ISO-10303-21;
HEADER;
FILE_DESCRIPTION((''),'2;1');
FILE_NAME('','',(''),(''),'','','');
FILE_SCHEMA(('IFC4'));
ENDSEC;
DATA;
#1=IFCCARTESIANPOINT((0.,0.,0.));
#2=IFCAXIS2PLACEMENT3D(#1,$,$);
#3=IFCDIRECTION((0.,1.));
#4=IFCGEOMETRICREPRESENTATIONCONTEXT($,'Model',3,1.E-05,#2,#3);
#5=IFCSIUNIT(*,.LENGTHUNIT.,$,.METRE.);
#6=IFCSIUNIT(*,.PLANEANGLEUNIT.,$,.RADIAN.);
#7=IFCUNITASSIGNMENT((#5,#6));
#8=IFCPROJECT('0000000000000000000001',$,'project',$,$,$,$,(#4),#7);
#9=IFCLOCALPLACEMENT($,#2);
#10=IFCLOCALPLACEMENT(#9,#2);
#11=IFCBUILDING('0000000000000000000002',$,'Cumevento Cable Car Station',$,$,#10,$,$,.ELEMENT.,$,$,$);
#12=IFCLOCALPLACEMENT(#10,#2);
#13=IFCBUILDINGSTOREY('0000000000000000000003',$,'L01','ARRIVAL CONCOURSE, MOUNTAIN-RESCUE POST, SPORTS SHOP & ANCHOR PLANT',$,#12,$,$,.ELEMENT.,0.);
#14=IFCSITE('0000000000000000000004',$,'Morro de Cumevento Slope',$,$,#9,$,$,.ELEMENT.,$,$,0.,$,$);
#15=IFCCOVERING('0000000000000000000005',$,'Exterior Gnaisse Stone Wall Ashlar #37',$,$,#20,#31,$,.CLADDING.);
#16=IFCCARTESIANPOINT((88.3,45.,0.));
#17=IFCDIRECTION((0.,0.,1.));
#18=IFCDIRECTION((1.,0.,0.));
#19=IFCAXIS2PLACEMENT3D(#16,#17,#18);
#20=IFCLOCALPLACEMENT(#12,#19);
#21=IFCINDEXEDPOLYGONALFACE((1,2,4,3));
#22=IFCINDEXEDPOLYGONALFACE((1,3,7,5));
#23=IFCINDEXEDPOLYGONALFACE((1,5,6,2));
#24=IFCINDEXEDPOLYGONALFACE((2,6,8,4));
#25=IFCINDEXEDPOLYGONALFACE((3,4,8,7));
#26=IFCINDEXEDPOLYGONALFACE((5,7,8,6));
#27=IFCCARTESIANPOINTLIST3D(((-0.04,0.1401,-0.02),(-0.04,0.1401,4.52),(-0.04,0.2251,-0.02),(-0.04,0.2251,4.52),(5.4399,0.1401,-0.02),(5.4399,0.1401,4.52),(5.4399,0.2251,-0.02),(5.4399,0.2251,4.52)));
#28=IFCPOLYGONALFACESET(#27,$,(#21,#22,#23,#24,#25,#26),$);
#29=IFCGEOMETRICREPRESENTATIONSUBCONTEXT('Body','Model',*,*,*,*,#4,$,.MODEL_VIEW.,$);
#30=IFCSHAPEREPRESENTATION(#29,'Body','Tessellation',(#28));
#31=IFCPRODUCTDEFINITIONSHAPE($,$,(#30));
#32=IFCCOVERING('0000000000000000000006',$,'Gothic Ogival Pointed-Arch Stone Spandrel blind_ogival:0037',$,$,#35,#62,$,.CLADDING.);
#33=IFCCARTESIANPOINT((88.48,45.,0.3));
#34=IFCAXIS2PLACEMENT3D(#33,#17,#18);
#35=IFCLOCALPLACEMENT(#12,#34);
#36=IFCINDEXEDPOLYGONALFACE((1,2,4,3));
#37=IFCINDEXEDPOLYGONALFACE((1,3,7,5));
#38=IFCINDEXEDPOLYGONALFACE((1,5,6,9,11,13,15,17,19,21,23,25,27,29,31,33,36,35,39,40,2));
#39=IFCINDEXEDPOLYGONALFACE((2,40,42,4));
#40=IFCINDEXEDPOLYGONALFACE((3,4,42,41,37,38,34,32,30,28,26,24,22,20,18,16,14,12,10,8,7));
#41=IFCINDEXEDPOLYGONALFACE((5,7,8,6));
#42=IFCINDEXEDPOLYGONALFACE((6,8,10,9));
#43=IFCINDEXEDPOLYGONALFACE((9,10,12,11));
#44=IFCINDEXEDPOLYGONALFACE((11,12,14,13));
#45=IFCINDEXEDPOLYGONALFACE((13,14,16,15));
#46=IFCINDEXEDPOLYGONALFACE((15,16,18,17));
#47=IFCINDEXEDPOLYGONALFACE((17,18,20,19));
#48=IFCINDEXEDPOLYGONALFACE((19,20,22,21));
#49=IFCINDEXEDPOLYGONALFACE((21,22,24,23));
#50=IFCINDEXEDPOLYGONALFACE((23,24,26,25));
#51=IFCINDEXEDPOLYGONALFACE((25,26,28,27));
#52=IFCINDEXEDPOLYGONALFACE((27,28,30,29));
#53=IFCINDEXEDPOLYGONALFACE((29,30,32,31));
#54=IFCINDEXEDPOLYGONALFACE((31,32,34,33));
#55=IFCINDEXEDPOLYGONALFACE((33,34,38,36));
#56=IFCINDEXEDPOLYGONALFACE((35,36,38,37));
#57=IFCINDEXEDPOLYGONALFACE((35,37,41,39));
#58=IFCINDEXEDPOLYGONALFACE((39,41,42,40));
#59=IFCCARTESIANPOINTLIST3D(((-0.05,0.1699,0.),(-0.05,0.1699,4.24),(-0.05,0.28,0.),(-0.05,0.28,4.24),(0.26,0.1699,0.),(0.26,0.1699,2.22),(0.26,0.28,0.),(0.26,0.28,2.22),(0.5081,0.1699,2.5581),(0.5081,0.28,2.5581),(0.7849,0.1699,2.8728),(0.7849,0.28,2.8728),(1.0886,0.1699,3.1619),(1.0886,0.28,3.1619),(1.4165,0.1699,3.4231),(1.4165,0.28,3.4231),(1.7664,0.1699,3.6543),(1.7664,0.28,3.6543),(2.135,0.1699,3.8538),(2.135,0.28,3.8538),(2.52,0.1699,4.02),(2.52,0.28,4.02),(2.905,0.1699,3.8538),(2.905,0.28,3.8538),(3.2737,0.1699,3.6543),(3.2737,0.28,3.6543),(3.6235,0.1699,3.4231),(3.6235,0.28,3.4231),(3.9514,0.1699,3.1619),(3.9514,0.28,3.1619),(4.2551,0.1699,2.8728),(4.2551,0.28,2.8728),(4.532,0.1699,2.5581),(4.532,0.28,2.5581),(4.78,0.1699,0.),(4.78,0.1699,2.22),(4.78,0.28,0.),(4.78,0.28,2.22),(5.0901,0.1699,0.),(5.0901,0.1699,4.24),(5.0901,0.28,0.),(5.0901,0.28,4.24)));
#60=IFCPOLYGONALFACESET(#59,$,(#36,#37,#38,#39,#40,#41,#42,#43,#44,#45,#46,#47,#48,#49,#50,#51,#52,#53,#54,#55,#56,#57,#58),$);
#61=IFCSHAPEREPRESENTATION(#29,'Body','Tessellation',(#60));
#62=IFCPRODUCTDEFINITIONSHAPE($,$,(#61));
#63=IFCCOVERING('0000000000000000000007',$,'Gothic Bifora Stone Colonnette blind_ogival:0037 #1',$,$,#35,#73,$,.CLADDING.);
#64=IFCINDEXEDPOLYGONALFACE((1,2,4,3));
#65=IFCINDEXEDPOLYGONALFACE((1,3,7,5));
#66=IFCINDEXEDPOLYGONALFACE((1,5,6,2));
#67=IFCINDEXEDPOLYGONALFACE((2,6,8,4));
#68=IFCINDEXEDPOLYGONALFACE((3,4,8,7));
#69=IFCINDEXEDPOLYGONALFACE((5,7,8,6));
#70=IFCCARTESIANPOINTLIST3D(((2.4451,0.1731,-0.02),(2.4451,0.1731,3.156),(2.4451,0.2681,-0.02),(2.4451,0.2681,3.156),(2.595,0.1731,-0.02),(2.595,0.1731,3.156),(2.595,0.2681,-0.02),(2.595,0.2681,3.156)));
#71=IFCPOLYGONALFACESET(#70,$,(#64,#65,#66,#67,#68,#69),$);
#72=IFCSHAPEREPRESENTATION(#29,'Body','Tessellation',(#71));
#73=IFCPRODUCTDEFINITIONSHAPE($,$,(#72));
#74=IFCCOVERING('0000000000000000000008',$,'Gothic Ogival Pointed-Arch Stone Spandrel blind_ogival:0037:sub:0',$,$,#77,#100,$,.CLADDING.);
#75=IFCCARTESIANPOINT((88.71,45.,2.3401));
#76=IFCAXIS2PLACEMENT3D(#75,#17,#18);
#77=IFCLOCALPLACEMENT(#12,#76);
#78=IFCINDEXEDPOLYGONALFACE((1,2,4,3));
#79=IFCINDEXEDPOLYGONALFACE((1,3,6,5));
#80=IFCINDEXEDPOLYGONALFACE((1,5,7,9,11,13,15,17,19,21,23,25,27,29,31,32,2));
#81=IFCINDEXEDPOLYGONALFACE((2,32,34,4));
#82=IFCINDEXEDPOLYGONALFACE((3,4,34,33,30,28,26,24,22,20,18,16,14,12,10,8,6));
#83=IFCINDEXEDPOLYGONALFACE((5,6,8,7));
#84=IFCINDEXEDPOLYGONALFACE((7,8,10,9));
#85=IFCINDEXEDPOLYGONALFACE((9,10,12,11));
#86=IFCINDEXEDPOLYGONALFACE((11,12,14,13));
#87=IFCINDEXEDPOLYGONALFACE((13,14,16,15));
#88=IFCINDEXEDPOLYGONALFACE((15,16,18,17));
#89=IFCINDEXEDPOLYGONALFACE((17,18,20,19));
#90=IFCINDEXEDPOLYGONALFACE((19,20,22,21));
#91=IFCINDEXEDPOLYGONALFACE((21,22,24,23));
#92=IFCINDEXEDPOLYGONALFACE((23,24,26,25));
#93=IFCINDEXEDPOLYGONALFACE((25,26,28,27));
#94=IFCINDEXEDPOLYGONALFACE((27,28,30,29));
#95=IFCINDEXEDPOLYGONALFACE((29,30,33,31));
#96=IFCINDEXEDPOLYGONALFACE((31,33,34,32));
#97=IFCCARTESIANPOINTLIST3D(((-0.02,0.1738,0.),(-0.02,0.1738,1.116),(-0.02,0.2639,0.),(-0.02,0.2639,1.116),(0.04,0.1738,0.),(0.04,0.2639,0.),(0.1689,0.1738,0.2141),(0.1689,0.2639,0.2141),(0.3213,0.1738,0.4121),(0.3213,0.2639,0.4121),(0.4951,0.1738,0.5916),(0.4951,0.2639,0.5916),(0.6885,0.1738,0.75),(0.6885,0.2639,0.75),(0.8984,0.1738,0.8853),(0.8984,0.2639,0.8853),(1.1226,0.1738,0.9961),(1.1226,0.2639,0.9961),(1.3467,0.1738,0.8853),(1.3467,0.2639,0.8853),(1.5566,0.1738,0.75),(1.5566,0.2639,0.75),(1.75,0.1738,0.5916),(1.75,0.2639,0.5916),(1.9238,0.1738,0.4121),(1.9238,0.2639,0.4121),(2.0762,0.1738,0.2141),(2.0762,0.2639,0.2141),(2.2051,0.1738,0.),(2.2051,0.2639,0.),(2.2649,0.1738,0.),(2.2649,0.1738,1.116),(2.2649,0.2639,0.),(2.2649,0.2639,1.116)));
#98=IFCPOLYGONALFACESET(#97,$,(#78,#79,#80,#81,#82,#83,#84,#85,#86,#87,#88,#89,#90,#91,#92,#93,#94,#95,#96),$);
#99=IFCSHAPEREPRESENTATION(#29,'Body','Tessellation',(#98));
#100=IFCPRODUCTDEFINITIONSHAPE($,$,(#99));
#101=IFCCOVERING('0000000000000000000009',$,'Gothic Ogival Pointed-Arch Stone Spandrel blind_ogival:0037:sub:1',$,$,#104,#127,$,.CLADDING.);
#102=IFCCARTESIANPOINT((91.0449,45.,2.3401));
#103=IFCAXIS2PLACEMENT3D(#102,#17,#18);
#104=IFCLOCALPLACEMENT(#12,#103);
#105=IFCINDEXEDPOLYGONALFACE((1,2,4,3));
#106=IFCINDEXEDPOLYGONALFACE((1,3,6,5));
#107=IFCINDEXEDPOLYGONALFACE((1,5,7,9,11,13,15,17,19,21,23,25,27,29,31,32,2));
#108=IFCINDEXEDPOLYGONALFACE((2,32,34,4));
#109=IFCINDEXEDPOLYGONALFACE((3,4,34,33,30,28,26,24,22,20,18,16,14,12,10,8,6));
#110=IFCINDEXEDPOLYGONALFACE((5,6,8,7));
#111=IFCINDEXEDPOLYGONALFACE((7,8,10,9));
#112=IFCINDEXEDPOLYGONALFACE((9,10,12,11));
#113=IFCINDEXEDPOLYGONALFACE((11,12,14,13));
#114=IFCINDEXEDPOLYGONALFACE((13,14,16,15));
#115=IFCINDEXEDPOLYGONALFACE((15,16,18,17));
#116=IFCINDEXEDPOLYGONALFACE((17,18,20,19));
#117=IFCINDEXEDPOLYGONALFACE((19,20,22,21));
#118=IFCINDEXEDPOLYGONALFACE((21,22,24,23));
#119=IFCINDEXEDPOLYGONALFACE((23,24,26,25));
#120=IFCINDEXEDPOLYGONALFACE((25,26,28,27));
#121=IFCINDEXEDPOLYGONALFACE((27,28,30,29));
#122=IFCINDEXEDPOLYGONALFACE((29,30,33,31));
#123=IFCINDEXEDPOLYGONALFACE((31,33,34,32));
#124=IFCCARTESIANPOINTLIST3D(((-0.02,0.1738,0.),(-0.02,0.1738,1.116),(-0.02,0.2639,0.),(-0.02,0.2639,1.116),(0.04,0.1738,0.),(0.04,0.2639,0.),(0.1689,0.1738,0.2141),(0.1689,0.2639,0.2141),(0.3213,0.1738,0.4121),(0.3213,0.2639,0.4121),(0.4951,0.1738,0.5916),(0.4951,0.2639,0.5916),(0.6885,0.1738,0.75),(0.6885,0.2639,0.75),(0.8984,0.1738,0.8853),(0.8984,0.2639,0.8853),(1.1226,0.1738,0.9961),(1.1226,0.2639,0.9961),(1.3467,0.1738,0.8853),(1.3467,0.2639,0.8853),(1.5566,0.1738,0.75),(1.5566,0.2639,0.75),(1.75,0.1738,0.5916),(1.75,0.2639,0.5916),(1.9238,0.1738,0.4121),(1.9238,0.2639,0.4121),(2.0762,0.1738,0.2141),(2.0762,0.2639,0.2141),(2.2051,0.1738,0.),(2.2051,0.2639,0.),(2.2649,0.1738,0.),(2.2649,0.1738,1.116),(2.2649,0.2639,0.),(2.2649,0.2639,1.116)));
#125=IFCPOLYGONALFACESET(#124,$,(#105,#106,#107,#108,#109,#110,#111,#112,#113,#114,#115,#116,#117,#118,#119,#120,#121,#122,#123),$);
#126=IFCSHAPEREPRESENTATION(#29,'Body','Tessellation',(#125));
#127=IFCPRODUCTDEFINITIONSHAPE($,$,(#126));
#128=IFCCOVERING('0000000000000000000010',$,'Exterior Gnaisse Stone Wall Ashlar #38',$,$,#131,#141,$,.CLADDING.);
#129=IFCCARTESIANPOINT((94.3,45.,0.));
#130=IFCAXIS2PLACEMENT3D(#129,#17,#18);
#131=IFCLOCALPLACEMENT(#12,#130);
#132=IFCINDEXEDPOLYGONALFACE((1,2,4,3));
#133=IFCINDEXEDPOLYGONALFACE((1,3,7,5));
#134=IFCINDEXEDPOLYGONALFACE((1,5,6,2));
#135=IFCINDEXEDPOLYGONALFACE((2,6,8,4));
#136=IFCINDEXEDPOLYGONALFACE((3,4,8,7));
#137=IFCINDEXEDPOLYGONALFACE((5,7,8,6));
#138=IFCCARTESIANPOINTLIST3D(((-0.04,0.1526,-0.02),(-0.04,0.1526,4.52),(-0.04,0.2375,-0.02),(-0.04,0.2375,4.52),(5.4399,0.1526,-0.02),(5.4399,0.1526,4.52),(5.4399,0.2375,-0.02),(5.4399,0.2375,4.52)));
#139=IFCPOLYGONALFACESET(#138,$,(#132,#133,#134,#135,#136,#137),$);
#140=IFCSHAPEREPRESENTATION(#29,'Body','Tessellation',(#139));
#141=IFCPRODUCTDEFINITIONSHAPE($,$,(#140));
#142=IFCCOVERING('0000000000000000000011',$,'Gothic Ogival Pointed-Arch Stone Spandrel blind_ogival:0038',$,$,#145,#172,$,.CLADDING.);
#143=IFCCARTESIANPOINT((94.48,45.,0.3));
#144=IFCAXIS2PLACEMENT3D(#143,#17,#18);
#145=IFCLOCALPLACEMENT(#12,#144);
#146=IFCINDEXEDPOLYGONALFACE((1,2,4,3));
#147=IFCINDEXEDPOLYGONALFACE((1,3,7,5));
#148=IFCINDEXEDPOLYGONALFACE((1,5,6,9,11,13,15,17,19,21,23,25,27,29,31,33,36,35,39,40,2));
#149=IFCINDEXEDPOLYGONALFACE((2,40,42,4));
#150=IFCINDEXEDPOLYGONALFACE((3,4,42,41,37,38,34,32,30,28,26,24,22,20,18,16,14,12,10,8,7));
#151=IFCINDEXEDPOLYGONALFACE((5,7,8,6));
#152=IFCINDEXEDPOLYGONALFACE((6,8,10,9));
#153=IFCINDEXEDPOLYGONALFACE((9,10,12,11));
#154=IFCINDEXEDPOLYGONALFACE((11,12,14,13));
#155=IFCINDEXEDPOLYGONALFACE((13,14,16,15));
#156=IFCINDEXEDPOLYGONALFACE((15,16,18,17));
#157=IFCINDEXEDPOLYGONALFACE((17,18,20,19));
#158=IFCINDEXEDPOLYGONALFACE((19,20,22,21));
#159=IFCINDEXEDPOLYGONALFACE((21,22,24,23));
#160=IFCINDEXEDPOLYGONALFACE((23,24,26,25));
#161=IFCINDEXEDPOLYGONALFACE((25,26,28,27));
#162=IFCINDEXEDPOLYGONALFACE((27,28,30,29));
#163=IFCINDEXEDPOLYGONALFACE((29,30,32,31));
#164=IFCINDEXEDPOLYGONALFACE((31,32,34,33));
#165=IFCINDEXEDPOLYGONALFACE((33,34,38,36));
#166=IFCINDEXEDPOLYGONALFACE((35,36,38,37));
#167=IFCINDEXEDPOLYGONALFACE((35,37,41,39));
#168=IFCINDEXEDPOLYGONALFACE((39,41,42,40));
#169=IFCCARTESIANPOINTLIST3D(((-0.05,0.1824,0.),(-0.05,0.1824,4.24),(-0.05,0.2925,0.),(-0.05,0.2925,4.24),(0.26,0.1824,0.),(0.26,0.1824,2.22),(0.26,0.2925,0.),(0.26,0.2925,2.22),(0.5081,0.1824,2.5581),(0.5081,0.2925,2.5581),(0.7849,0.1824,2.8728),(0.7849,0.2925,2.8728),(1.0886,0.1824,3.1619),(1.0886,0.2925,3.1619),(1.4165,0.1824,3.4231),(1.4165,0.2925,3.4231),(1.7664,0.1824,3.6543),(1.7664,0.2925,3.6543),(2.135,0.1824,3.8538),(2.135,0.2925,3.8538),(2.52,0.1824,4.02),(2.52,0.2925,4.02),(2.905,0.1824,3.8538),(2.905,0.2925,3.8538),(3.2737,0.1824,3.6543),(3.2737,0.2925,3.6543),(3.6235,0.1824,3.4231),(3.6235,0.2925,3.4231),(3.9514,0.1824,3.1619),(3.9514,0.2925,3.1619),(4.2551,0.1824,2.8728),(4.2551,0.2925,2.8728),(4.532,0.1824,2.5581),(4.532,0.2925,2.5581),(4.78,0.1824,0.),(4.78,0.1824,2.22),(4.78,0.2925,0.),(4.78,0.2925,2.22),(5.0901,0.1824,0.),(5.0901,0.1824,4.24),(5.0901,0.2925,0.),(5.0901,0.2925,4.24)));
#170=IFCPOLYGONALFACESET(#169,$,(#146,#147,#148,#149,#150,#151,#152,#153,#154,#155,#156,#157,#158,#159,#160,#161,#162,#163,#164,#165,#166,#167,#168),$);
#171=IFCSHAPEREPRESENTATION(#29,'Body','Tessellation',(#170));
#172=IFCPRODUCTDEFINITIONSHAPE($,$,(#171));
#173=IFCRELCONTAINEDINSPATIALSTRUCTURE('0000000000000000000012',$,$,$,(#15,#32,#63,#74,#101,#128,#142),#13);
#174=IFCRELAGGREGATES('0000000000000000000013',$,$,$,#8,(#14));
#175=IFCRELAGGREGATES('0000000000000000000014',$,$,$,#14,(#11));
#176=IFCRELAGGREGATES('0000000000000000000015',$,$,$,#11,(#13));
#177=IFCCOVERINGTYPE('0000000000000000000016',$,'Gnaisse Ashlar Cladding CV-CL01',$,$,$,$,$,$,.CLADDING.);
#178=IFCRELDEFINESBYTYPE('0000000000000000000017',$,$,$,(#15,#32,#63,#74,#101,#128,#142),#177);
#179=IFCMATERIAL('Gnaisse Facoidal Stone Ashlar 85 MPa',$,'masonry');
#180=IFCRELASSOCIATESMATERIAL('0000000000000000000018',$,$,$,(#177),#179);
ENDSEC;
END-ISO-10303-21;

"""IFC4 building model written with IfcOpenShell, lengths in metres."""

from ifc_helpers import new_model, si_unit, direction, frame, origin, place, context, subcontext, project, spatial, polyline, outline, extrude, material, type_object, element, save


model = new_model("IFC4")

# Units and contexts
model_context = context("Model", 3, precision=1e-05, world=origin(), true_north=direction((0.0, 1.0)))
body_context = subcontext(model_context, "Body", "Model", "MODEL_VIEW")
ifc_project = project(units=[si_unit("LENGTHUNIT", "METRE"), si_unit("PLANEANGLEUNIT", "RADIAN")], contexts=[model_context])

# Site, building, storey
site_placement = place(None, origin())
site = spatial("IfcSite", under=ifc_project, at=site_placement, Name="Morro de Cumevento Slope", CompositionType="ELEMENT", RefElevation=0.0)
building_placement = place(site_placement, origin())
building = spatial("IfcBuilding", under=site, at=building_placement, Name="Cumevento Cable Car Station", CompositionType="ELEMENT")
storey_placement = place(building_placement, origin())
storey = spatial("IfcBuildingStorey", under=building, at=storey_placement, Name="L01", Description="ARRIVAL CONCOURSE, MOUNTAIN-RESCUE POST, SPORTS SHOP & ANCHOR PLANT", CompositionType="ELEMENT", Elevation=0.0)

# Coverings
ifc_material_1 = material(Name="Gnaisse Facoidal Stone Ashlar 85 MPa", Category="masonry")
covering_type = type_object("IfcCoveringType", Name="Gnaisse Ashlar Cladding CV-CL01", PredefinedType="CLADDING", material=ifc_material_1)
covering_1_placement = place(storey_placement, frame((88.3, 45.0, 0.0), z_axis=(0.0, 0.0, 1.0), x_axis=(1.0, 0.0, 0.0)))
element("IfcCovering", 1, at=covering_1_placement, inside=storey, type_object=covering_type, Name="Exterior Gnaisse Stone Wall Ashlar #37", PredefinedType="CLADDING", context=body_context, shape_type="SweptSolid", body=[
    extrude(outline(polyline([(-0.04, -0.02), (5.4399, -0.02), (5.4399, 4.52), (-0.04, 4.52), (-0.04, -0.02)])), frame((0.0, 0.2251, 0.0), z_axis=(0.0, -1.0, 0.0), x_axis=(1.0, 0.0, 0.0)), (0.0, 0.0, 1.0), 0.085),
])
placement = place(storey_placement, frame((88.48, 45.0, 0.3), z_axis=(0.0, 0.0, 1.0), x_axis=(1.0, 0.0, 0.0)))
element("IfcCovering", 2, at=placement, inside=storey, type_object=covering_type, Name="Gothic Ogival Pointed-Arch Stone Spandrel blind_ogival:0037", PredefinedType="CLADDING", context=body_context, shape_type="SweptSolid", body=[
    extrude(outline(polyline([(-0.05, 0.0), (-0.05, 4.24), (5.0901, 4.24), (5.0901, 0.0), (4.78, 0.0), (4.78, 2.22), (4.532, 2.5581), (4.2551, 2.8728), (3.9514, 3.1619), (3.6235, 3.4231), (3.2737, 3.6543), (2.905, 3.8538), (2.52, 4.02), (2.135, 3.8538), (1.7664, 3.6543), (1.4165, 3.4231), (1.0886, 3.1619), (0.7849, 2.8728), (0.5081, 2.5581), (0.26, 2.22), (0.26, 0.0), (-0.05, 0.0)])), frame((0.0, 0.28, 0.0), z_axis=(0.0, -1.0, 0.0), x_axis=(1.0, 0.0, 0.0)), (0.0, 0.0, 1.0), 0.1101),
])
element("IfcCovering", 3, at=placement, inside=storey, type_object=covering_type, Name="Gothic Bifora Stone Colonnette blind_ogival:0037 #1", PredefinedType="CLADDING", context=body_context, shape_type="SweptSolid", body=[
    extrude(outline(polyline([(2.4451, -0.02), (2.595, -0.02), (2.595, 3.156), (2.4451, 3.156), (2.4451, -0.02)])), frame((0.0, 0.2681, 0.0), z_axis=(0.0, -1.0, 0.0), x_axis=(1.0, 0.0, 0.0)), (0.0, 0.0, 1.0), 0.095),
])
for number, where, z_axis, x_axis, name in (
    (4, (88.71, 45.0, 2.3401), (0.0, 0.0, 1.0), (1.0, 0.0, 0.0), "Gothic Ogival Pointed-Arch Stone Spandrel blind_ogival:0037:sub:0"),
    (5, (91.0449, 45.0, 2.3401), (0.0, 0.0, 1.0), (1.0, 0.0, 0.0), "Gothic Ogival Pointed-Arch Stone Spandrel blind_ogival:0037:sub:1"),
):
    element("IfcCovering", number, at=place(storey_placement, frame(where, z_axis=z_axis, x_axis=x_axis)), inside=storey, type_object=covering_type, Name=name, PredefinedType="CLADDING", context=body_context, shape_type="SweptSolid", body=[
        extrude(outline(polyline([(-0.02, 0.0), (-0.02, 1.116), (2.2649, 1.116), (2.2649, 0.0), (2.2051, 0.0), (2.0762, 0.2141), (1.9238, 0.4121), (1.75, 0.5916), (1.5566, 0.75), (1.3467, 0.8853), (1.1226, 0.9961), (0.8984, 0.8853), (0.6885, 0.75), (0.4951, 0.5916), (0.3213, 0.4121), (0.1689, 0.2141), (0.04, 0.0), (-0.02, 0.0)])), frame((0.0, 0.2639, 0.0), z_axis=(0.0, -1.0, 0.0), x_axis=(1.0, 0.0, 0.0)), (0.0, 0.0, 1.0), 0.0901),
    ])
covering_2_placement = place(storey_placement, frame((94.3, 45.0, 0.0), z_axis=(0.0, 0.0, 1.0), x_axis=(1.0, 0.0, 0.0)))
element("IfcCovering", 6, at=covering_2_placement, inside=storey, type_object=covering_type, Name="Exterior Gnaisse Stone Wall Ashlar #38", PredefinedType="CLADDING", context=body_context, shape_type="SweptSolid", body=[
    extrude(outline(polyline([(-0.04, -0.02), (5.4399, -0.02), (5.4399, 4.52), (-0.04, 4.52), (-0.04, -0.02)])), frame((0.0, 0.2375, 0.0), z_axis=(0.0, -1.0, 0.0), x_axis=(1.0, 0.0, 0.0)), (0.0, 0.0, 1.0), 0.085),
])
covering_3_placement = place(storey_placement, frame((94.48, 45.0, 0.3), z_axis=(0.0, 0.0, 1.0), x_axis=(1.0, 0.0, 0.0)))
element("IfcCovering", 7, at=covering_3_placement, inside=storey, type_object=covering_type, Name="Gothic Ogival Pointed-Arch Stone Spandrel blind_ogival:0038", PredefinedType="CLADDING", context=body_context, shape_type="SweptSolid", body=[
    extrude(outline(polyline([(-0.05, 0.0), (-0.05, 4.24), (5.0901, 4.24), (5.0901, 0.0), (4.78, 0.0), (4.78, 2.22), (4.532, 2.5581), (4.2551, 2.8728), (3.9514, 3.1619), (3.6235, 3.4231), (3.2737, 3.6543), (2.905, 3.8538), (2.52, 4.02), (2.135, 3.8538), (1.7664, 3.6543), (1.4165, 3.4231), (1.0886, 3.1619), (0.7849, 2.8728), (0.5081, 2.5581), (0.26, 2.22), (0.26, 0.0), (-0.05, 0.0)])), frame((0.0, 0.2925, 0.0), z_axis=(0.0, -1.0, 0.0), x_axis=(1.0, 0.0, 0.0)), (0.0, 0.0, 1.0), 0.1101),
])

save(model, "model.ifc")
